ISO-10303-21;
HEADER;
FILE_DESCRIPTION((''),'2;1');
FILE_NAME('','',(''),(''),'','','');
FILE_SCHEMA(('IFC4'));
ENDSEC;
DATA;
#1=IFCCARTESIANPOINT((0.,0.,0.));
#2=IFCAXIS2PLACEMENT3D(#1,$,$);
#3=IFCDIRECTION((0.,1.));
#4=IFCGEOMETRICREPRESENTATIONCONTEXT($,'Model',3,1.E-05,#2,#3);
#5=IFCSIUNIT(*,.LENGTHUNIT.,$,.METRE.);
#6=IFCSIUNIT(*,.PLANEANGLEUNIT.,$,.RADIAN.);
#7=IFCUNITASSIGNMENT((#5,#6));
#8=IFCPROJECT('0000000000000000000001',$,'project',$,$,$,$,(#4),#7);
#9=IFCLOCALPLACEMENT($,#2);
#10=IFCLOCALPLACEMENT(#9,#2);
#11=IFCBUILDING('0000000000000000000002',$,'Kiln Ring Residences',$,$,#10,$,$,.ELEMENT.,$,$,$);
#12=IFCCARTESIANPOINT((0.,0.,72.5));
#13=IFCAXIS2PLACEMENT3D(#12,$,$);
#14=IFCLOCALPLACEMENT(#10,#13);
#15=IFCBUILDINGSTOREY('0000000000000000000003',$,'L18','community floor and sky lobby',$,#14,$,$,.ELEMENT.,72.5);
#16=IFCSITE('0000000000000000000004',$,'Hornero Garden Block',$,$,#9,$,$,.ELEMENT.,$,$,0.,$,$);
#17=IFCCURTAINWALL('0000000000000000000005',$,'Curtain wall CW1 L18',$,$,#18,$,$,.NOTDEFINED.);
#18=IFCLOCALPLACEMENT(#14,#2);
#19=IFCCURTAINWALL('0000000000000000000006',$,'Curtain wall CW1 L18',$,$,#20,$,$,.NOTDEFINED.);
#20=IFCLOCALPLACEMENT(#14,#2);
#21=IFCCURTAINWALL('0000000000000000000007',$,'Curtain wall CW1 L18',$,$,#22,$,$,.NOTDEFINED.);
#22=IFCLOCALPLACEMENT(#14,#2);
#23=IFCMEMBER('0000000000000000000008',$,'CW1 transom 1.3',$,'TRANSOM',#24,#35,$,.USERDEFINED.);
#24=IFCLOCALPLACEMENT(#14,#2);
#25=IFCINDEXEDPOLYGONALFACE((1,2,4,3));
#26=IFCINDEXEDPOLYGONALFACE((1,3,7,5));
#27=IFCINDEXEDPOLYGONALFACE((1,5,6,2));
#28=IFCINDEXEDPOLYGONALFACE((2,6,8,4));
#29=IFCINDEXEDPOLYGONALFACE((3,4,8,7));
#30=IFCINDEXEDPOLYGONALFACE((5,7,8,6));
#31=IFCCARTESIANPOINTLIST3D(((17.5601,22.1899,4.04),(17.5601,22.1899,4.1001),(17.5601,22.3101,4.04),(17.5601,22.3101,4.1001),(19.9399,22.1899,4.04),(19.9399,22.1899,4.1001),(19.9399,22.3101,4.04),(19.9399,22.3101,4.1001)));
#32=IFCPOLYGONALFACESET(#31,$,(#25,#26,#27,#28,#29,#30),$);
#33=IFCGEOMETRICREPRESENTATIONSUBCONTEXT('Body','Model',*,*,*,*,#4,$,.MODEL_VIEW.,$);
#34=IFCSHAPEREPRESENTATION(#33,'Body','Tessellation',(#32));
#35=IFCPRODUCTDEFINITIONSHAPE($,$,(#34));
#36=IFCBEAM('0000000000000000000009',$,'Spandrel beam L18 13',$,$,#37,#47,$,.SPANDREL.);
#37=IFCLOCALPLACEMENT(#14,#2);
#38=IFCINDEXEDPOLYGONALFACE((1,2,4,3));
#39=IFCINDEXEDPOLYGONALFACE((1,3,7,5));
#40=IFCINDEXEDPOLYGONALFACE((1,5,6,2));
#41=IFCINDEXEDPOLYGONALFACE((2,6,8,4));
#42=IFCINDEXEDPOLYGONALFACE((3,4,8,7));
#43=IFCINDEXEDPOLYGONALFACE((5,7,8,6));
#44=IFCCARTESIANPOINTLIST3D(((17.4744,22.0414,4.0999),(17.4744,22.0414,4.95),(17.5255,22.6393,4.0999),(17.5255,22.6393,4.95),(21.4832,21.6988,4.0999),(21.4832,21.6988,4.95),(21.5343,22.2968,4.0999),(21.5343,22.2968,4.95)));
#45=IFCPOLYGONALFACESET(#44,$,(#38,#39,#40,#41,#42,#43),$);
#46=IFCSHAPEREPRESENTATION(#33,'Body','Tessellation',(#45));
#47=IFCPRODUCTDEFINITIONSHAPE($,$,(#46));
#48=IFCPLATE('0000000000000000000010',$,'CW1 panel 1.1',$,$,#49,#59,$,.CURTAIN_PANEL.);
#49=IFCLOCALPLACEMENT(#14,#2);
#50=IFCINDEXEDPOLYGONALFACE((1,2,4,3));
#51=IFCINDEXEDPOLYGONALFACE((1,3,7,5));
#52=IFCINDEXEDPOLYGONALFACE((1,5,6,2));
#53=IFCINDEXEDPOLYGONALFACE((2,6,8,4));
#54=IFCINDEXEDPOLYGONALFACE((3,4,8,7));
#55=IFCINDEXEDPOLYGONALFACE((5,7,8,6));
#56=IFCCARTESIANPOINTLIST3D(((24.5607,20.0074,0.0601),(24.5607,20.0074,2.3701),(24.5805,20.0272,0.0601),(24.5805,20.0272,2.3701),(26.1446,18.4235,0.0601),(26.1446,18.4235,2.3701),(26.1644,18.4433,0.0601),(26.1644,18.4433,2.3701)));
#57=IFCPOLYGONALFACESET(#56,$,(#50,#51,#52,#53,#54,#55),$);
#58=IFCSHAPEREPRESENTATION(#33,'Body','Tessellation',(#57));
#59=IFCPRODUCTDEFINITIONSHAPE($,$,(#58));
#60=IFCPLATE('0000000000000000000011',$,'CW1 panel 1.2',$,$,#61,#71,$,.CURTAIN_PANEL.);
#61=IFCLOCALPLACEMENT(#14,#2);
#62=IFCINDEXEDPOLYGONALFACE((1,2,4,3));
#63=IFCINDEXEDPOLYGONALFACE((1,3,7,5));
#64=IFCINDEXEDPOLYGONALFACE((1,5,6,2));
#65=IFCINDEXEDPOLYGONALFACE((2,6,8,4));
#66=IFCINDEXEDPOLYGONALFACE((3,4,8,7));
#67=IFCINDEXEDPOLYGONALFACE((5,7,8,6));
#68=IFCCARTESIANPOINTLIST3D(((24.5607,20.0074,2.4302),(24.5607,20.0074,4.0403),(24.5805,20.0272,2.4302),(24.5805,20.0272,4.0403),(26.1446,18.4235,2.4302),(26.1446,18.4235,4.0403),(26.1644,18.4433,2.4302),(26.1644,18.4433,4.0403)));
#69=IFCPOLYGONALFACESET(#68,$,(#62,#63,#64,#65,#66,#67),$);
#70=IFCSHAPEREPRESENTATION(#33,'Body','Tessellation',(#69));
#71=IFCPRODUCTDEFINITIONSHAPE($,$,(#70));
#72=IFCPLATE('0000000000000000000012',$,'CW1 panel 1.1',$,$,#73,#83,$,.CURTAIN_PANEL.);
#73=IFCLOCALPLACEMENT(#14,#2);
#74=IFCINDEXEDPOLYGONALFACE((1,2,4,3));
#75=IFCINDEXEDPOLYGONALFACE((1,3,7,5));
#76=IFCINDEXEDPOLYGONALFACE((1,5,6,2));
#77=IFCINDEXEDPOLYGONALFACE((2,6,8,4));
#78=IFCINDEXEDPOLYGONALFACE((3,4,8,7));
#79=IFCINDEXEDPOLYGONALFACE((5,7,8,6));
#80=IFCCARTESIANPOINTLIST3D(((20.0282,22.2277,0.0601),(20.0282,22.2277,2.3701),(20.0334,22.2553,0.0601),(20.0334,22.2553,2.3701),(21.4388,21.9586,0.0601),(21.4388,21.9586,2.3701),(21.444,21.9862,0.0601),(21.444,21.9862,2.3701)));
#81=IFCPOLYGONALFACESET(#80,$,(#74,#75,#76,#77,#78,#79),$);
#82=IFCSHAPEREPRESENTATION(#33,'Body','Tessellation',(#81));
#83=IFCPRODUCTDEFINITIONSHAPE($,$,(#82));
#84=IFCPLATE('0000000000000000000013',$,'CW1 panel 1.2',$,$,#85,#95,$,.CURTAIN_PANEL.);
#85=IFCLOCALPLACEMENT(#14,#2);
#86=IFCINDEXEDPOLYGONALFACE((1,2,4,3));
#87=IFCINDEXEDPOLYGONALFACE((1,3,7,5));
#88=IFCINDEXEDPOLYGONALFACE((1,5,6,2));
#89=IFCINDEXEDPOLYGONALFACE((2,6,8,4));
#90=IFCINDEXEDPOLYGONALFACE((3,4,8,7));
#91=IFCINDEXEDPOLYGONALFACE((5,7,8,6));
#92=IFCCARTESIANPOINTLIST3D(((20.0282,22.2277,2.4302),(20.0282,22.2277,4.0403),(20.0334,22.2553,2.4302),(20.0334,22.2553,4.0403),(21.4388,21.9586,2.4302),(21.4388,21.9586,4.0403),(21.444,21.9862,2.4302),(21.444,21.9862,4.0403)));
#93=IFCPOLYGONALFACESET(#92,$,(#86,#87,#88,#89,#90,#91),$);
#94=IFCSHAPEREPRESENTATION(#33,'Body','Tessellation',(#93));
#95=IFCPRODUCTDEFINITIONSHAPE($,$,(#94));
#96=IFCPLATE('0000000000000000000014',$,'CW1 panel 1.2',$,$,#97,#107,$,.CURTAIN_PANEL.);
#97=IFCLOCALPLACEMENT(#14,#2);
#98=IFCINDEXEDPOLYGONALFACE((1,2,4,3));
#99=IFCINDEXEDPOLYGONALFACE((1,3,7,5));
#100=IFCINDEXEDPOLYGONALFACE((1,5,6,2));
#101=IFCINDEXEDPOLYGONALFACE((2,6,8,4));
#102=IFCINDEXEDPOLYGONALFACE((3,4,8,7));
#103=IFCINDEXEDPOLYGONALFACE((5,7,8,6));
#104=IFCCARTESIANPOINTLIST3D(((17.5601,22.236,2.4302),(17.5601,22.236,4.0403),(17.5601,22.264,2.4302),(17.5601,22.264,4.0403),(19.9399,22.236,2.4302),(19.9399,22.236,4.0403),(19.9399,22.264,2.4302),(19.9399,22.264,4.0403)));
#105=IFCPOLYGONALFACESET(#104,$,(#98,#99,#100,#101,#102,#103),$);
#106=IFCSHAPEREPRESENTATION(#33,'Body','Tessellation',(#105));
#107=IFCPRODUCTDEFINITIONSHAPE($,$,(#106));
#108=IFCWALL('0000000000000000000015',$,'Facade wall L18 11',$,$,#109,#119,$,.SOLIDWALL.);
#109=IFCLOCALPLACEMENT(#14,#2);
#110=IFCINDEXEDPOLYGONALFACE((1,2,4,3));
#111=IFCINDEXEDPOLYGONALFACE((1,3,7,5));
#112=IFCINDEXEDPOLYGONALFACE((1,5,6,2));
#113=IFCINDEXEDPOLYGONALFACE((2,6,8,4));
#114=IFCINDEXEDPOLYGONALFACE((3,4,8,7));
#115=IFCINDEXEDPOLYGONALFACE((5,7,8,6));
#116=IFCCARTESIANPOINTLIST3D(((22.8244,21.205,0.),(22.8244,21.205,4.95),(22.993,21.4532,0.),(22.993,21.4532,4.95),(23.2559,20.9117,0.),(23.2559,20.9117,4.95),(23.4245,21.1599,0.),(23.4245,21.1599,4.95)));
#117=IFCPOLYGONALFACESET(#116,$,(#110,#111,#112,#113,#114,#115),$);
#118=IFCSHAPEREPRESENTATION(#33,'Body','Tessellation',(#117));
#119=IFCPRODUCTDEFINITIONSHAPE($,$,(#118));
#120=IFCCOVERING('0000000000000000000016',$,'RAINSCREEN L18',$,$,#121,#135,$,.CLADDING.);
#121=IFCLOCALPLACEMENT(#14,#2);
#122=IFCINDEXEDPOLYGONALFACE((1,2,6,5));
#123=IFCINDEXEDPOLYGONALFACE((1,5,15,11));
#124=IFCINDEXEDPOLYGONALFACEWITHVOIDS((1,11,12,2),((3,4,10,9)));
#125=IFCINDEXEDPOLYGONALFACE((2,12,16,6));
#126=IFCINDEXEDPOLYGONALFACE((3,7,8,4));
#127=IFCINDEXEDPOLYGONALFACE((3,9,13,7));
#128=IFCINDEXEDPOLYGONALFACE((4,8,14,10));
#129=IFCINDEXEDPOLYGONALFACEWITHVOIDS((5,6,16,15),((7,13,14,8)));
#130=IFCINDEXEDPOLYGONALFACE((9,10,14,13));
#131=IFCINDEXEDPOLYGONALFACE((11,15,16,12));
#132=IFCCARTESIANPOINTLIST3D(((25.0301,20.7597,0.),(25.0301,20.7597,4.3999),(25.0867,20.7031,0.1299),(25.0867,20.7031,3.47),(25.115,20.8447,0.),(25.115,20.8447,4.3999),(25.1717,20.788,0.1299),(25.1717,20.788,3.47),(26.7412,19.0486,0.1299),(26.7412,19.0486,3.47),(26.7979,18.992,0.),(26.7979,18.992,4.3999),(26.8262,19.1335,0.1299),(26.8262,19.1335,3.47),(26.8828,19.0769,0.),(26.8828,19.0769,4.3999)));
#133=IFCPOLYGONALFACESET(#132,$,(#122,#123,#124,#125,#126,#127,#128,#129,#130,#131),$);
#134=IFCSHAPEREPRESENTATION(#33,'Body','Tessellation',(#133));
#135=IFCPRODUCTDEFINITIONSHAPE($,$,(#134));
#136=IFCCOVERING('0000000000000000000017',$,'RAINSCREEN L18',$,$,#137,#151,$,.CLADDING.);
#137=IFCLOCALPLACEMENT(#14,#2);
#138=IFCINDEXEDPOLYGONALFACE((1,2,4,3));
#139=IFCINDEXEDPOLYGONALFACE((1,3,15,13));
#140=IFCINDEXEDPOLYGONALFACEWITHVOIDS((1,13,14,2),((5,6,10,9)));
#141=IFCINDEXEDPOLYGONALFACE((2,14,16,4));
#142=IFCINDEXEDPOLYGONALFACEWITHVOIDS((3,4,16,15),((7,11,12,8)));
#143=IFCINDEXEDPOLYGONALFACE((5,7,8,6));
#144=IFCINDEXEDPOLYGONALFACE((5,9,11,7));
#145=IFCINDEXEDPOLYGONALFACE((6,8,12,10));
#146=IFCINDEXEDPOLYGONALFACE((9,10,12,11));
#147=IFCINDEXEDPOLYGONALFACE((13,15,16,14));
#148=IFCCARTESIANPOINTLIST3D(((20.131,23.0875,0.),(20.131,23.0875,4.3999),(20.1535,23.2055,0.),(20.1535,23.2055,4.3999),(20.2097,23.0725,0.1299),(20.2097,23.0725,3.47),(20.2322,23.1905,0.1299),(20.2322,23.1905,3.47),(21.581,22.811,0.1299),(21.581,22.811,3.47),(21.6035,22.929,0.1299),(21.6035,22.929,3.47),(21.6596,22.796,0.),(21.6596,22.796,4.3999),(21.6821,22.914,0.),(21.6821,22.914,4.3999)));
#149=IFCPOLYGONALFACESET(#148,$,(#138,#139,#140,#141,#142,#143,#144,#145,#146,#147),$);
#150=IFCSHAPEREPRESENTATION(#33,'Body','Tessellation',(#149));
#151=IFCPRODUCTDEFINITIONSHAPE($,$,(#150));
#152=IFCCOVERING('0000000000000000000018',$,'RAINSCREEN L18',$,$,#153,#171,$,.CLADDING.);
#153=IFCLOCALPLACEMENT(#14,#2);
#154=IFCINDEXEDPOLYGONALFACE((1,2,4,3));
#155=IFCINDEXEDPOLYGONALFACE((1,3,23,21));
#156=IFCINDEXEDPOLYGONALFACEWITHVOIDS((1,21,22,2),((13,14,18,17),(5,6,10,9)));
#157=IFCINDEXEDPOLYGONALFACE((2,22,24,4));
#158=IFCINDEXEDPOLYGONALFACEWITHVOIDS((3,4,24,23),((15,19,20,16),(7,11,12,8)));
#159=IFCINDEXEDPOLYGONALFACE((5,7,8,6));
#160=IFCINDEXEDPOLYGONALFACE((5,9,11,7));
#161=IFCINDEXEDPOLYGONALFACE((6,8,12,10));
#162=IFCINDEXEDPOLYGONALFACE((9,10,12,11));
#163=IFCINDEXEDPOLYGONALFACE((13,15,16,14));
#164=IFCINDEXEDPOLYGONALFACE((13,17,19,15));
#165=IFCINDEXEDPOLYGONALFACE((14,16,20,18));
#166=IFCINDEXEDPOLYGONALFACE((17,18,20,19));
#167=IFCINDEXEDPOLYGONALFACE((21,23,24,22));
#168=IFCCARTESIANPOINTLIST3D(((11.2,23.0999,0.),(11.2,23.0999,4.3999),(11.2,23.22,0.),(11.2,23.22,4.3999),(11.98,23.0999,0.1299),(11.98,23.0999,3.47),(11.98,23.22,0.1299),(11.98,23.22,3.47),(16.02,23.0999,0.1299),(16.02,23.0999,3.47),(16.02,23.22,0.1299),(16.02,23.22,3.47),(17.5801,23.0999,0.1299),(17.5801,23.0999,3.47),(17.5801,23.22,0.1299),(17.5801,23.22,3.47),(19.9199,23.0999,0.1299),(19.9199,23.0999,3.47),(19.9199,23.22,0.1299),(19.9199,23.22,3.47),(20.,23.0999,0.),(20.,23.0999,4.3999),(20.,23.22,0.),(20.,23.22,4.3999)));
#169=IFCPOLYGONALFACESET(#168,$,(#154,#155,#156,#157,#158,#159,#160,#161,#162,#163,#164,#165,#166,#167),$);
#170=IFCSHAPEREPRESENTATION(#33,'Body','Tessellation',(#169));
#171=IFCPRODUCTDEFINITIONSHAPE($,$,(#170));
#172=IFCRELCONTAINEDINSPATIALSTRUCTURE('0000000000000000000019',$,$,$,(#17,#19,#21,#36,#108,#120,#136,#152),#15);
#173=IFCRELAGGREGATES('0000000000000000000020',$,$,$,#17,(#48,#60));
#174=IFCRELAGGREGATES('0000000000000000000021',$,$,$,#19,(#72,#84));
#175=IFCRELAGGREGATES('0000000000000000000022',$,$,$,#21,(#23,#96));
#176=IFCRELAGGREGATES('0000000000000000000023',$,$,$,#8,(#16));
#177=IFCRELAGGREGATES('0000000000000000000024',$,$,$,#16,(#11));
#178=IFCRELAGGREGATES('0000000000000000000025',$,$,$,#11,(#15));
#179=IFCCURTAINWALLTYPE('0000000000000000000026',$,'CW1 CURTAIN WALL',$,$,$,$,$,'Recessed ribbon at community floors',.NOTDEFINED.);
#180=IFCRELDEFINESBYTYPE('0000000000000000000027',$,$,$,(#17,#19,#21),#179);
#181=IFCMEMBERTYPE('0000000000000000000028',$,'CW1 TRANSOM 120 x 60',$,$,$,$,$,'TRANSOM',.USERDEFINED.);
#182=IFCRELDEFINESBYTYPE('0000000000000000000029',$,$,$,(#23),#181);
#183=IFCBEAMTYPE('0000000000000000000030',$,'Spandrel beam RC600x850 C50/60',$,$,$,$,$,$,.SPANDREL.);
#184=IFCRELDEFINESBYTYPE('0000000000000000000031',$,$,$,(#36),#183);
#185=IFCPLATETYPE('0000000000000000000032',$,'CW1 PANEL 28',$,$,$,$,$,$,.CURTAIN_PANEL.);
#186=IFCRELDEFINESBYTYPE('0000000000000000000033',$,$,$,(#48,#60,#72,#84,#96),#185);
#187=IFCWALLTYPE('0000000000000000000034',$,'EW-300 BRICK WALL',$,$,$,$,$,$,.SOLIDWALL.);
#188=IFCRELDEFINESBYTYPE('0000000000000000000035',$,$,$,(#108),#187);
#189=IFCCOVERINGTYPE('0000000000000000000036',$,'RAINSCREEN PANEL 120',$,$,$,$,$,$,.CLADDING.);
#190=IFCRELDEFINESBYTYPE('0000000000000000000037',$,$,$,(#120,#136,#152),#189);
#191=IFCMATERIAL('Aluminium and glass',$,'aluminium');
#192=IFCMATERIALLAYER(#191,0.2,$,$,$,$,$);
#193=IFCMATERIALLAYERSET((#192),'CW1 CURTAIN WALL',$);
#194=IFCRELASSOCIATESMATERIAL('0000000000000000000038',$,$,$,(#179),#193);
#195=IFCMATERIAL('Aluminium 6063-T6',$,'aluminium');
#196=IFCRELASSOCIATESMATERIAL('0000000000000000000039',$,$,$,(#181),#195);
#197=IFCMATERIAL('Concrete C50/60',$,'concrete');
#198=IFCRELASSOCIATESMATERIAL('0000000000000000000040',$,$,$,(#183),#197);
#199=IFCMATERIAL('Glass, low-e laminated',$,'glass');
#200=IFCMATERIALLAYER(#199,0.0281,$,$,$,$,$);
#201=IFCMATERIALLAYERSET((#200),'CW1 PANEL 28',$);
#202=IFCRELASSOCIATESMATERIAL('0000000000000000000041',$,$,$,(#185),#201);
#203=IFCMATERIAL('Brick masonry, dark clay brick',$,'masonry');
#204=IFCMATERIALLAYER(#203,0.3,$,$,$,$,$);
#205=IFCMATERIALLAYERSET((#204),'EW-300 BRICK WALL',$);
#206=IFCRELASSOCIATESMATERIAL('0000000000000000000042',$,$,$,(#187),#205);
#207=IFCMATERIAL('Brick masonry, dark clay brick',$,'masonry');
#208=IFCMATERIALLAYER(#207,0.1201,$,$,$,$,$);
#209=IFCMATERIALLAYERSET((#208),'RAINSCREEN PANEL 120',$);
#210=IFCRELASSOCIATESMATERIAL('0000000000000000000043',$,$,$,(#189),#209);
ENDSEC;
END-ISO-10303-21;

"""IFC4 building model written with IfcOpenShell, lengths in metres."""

from ifc_helpers import new_model, si_unit, direction, frame, frame_2d, origin, origin_2d, place, context, subcontext, project, spatial, polyline, rectangle, outline, extrude, material, layer, layer_set, material_profile, profile_set, type_object, element, aggregate, save


model = new_model("IFC4")

# Units and contexts
model_context = context("Model", 3, precision=1e-05, world=origin(), true_north=direction((0.0, 1.0)))
body_context = subcontext(model_context, "Body", "Model", "MODEL_VIEW")
ifc_project = project(units=[si_unit("LENGTHUNIT", "METRE"), si_unit("PLANEANGLEUNIT", "RADIAN")], contexts=[model_context])

# Site, building, storey
site_placement = place(None, origin())
site = spatial("IfcSite", under=ifc_project, at=site_placement, Name="Hornero Garden Block", CompositionType="ELEMENT", RefElevation=0.0)
building_placement = place(site_placement, origin())
building = spatial("IfcBuilding", under=site, at=building_placement, Name="Kiln Ring Residences", CompositionType="ELEMENT")
storey_placement = place(building_placement, frame((0.0, 0.0, 72.5)))
storey = spatial("IfcBuildingStorey", under=building, at=storey_placement, Name="L18", Description="community floor and sky lobby", CompositionType="ELEMENT", Elevation=72.5)

# Curtain wall
ifc_material_1 = material(Name="Aluminium and glass", Category="aluminium")
ifc_layer_1 = layer(ifc_material_1, 0.2)
ifc_layer_set_1 = layer_set([ifc_layer_1], Name="CW1 CURTAIN WALL")
curtain_wall_type = type_object("IfcCurtainWallType", Name="CW1 CURTAIN WALL", ElementType="Recessed ribbon at community floors", PredefinedType="NOTDEFINED", material=ifc_layer_set_1)
placement = place(storey_placement, origin())
curtain_wall_1 = element("IfcCurtainWall", 1, at=placement, inside=storey, type_object=curtain_wall_type, Name="Curtain wall CW1 L18", PredefinedType="NOTDEFINED")

# Curtain wall
curtain_wall_2 = element("IfcCurtainWall", 2, at=placement, inside=storey, type_object=curtain_wall_type, Name="Curtain wall CW1 L18", PredefinedType="NOTDEFINED")

# Curtain wall
curtain_wall_3 = element("IfcCurtainWall", 3, at=placement, inside=storey, type_object=curtain_wall_type, Name="Curtain wall CW1 L18", PredefinedType="NOTDEFINED")

# Member
ifc_material_2 = material(Name="Aluminium 6063-T6", Category="aluminium")
ifc_material_profile_1 = material_profile(ifc_material_2, rectangle(XDim=0.1201, YDim=0.0601, at=origin_2d()), Name="AL 120x60")
ifc_profile_set_1 = profile_set([ifc_material_profile_1], Name="Aluminium 6063-T6")
member_type_1 = type_object("IfcMemberType", Name="CW1 TRANSOM 120 x 60", ElementType="TRANSOM", PredefinedType="USERDEFINED", material=ifc_profile_set_1)
member_1_placement = place(storey_placement, frame((19.9399, 22.25, 4.0701), z_axis=(-1.0, 0.0, 0.0), x_axis=(0.0, -1.0, 0.0)))
member_1 = element("IfcMember", 4, at=member_1_placement, type_object=member_type_1, Name="CW1 transom 1.3", ObjectType="TRANSOM", PredefinedType="USERDEFINED", context=body_context, shape_type="SweptSolid", body=[
    extrude(rectangle(XDim=0.1201, YDim=0.0601, at=origin_2d()), origin(), (0.0, 0.0, 1.0), 2.3799),
])

# Beam
ifc_material_3 = material(Name="Concrete C50/60", Category="concrete")
ifc_material_profile_2 = material_profile(ifc_material_3, rectangle(XDim=0.6001, YDim=0.8501, at=origin_2d()), Name="RC600x850")
ifc_profile_set_2 = profile_set([ifc_material_profile_2], Name="Concrete C50/60")
beam_type = type_object("IfcBeamType", Name="Spandrel beam RC600x850 C50/60", PredefinedType="SPANDREL", material=ifc_profile_set_2)
beam_placement = place(storey_placement, frame((21.5088, 21.9978, 4.5249), z_axis=(-0.996369, 0.085134, 0.0), x_axis=(-0.085134, -0.996369, 0.0)))
element("IfcBeam", 5, at=beam_placement, inside=storey, type_object=beam_type, Name="Spandrel beam L18 13", PredefinedType="SPANDREL", context=body_context, shape_type="SweptSolid", body=[
    extrude(rectangle(XDim=0.6001, YDim=0.8501, at=origin_2d()), origin(), (0.0, 0.0, 1.0), 4.0234),
])

# Plates
ifc_material_4 = material(Name="Glass, low-e laminated", Category="glass")
ifc_layer_2 = layer(ifc_material_4, 0.0281)
ifc_layer_set_2 = layer_set([ifc_layer_2], Name="CW1 PANEL 28")
plate_type = type_object("IfcPlateType", Name="CW1 PANEL 28", PredefinedType="CURTAIN_PANEL", material=ifc_layer_set_2)
plate_1_placement = place(storey_placement, frame((25.3625, 19.2253, 0.0601), z_axis=(0.0, 0.0, 1.0), x_axis=(-0.707107, 0.707107, 0.0)))
plate_1 = element("IfcPlate", 6, at=plate_1_placement, type_object=plate_type, Name="CW1 panel 1.1", PredefinedType="CURTAIN_PANEL", context=body_context, shape_type="SweptSolid", body=[
    extrude(rectangle(XDim=2.24, YDim=0.0281, at=origin_2d()), origin(), (0.0, 0.0, 1.0), 2.3101),
])
plate_2_placement = place(storey_placement, frame((25.3625, 19.2253, 2.4302), z_axis=(0.0, 0.0, 1.0), x_axis=(-0.707107, 0.707107, 0.0)))
plate_2 = element("IfcPlate", 7, at=plate_2_placement, type_object=plate_type, Name="CW1 panel 1.2", PredefinedType="CURTAIN_PANEL", context=body_context, shape_type="SweptSolid", body=[
    extrude(rectangle(XDim=2.24, YDim=0.0281, at=origin_2d()), origin(), (0.0, 0.0, 1.0), 1.6101),
])
aggregate(curtain_wall_1, [plate_1, plate_2])
plate_3_placement = place(storey_placement, frame((20.7361, 22.1069, 0.0601), z_axis=(0.0, 0.0, 1.0), x_axis=(-0.98229, 0.187366, 0.0)))
plate_3 = element("IfcPlate", 8, at=plate_3_placement, type_object=plate_type, Name="CW1 panel 1.1", PredefinedType="CURTAIN_PANEL", context=body_context, shape_type="SweptSolid", body=[
    extrude(rectangle(XDim=1.436, YDim=0.0281, at=origin_2d()), origin(), (0.0, 0.0, 1.0), 2.3101),
])
plate_4_placement = place(storey_placement, frame((20.7361, 22.1069, 2.4302), z_axis=(0.0, 0.0, 1.0), x_axis=(-0.98229, 0.187366, 0.0)))
plate_4 = element("IfcPlate", 9, at=plate_4_placement, type_object=plate_type, Name="CW1 panel 1.2", PredefinedType="CURTAIN_PANEL", context=body_context, shape_type="SweptSolid", body=[
    extrude(rectangle(XDim=1.436, YDim=0.0281, at=origin_2d()), origin(), (0.0, 0.0, 1.0), 1.6101),
])
aggregate(curtain_wall_2, [plate_3, plate_4])
plate_5_placement = place(storey_placement, frame((18.75, 22.25, 2.4302), z_axis=(0.0, 0.0, 1.0), x_axis=(-1.0, 0.0, 0.0)))
plate_5 = element("IfcPlate", 10, at=plate_5_placement, type_object=plate_type, Name="CW1 panel 1.2", PredefinedType="CURTAIN_PANEL", context=body_context, shape_type="SweptSolid", body=[
    extrude(rectangle(XDim=2.3799, YDim=0.0281, at=origin_2d()), origin(), (0.0, 0.0, 1.0), 1.6101),
])
aggregate(curtain_wall_3, [member_1, plate_5])

# Wall
ifc_material_5 = material(Name="Brick masonry, dark clay brick", Category="masonry")
ifc_layer_3 = layer(ifc_material_5, 0.3)
ifc_layer_set_3 = layer_set([ifc_layer_3], Name="EW-300 BRICK WALL")
wall_type = type_object("IfcWallType", Name="EW-300 BRICK WALL", PredefinedType="SOLIDWALL", material=ifc_layer_set_3)
wall_placement = place(storey_placement, frame((23.3401, 21.0359, 0.0), z_axis=(0.0, 0.0, 1.0), x_axis=(-0.827048, 0.562131, 0.0)))
element("IfcWall", 11, at=wall_placement, inside=storey, type_object=wall_type, Name="Facade wall L18 11", PredefinedType="SOLIDWALL", context=body_context, shape_type="SweptSolid", body=[
    extrude(rectangle(XDim=0.5217, YDim=0.3, at=frame_2d((0.2607, 0.0))), origin(), (0.0, 0.0, 1.0), 4.95),
])

# Coverings
ifc_material_6 = material(Name="Brick masonry, dark clay brick", Category="masonry")
ifc_layer_4 = layer(ifc_material_6, 0.1201)
ifc_layer_set_4 = layer_set([ifc_layer_4], Name="RAINSCREEN PANEL 120")
covering_type = type_object("IfcCoveringType", Name="RAINSCREEN PANEL 120", PredefinedType="CLADDING", material=ifc_layer_set_4)
covering_1_placement = place(storey_placement, frame((26.8403, 19.0344, 0.0), z_axis=(0.0, 0.0, 1.0), x_axis=(-0.707107, 0.707107, 0.0)))
element("IfcCovering", 12, at=covering_1_placement, inside=storey, type_object=covering_type, Name="RAINSCREEN L18", PredefinedType="CLADDING", context=body_context, shape_type="SweptSolid", body=[
    extrude(outline(polyline([(0.0, 0.0), (2.5, 0.0), (2.5, 4.3999), (0.0, 4.3999), (0.0, 0.0)]), holes=[polyline([(0.0801, 3.47), (0.0801, 0.1299), (2.4199, 0.1299), (2.4199, 3.47), (0.0801, 3.47)])]), frame((0.0, 0.0601, 0.0), z_axis=(0.0, -1.0, 0.0), x_axis=(1.0, 0.0, 0.0)), (0.0, 0.0, 1.0), 0.1201),
])
covering_2_placement = place(storey_placement, frame((21.6709, 22.855, 0.0), z_axis=(0.0, 0.0, 1.0), x_axis=(-0.982297, 0.187328, 0.0)))
element("IfcCovering", 13, at=covering_2_placement, inside=storey, type_object=covering_type, Name="RAINSCREEN L18", PredefinedType="CLADDING", context=body_context, shape_type="SweptSolid", body=[
    extrude(outline(polyline([(0.0, 0.0), (1.5562, 0.0), (1.5562, 4.3999), (0.0, 4.3999), (0.0, 0.0)]), holes=[polyline([(0.0801, 3.47), (0.0801, 0.1299), (1.4761, 0.1299), (1.4761, 3.47), (0.0801, 3.47)])]), frame((0.0, 0.0601, 0.0), z_axis=(0.0, -1.0, 0.0), x_axis=(1.0, 0.0, 0.0)), (0.0, 0.0, 1.0), 0.1201),
])
covering_3_placement = place(storey_placement, frame((20.0, 23.1599, 0.0), z_axis=(0.0, 0.0, 1.0), x_axis=(-1.0, 0.0, 0.0)))
element("IfcCovering", 14, at=covering_3_placement, inside=storey, type_object=covering_type, Name="RAINSCREEN L18", PredefinedType="CLADDING", context=body_context, shape_type="SweptSolid", body=[
    extrude(outline(polyline([(0.0, 0.0), (8.8, 0.0), (8.8, 4.3999), (0.0, 4.3999), (0.0, 0.0)]), holes=[polyline([(2.4199, 3.47), (0.0801, 3.47), (0.0801, 0.1299), (2.4199, 0.1299), (2.4199, 3.47)]), polyline([(8.02, 3.47), (3.98, 3.47), (3.98, 0.1299), (8.02, 0.1299), (8.02, 3.47)])]), frame((0.0, 0.0601, 0.0), z_axis=(0.0, -1.0, 0.0), x_axis=(1.0, 0.0, 0.0)), (0.0, 0.0, 1.0), 0.1201),
])

save(model, "model.ifc")
